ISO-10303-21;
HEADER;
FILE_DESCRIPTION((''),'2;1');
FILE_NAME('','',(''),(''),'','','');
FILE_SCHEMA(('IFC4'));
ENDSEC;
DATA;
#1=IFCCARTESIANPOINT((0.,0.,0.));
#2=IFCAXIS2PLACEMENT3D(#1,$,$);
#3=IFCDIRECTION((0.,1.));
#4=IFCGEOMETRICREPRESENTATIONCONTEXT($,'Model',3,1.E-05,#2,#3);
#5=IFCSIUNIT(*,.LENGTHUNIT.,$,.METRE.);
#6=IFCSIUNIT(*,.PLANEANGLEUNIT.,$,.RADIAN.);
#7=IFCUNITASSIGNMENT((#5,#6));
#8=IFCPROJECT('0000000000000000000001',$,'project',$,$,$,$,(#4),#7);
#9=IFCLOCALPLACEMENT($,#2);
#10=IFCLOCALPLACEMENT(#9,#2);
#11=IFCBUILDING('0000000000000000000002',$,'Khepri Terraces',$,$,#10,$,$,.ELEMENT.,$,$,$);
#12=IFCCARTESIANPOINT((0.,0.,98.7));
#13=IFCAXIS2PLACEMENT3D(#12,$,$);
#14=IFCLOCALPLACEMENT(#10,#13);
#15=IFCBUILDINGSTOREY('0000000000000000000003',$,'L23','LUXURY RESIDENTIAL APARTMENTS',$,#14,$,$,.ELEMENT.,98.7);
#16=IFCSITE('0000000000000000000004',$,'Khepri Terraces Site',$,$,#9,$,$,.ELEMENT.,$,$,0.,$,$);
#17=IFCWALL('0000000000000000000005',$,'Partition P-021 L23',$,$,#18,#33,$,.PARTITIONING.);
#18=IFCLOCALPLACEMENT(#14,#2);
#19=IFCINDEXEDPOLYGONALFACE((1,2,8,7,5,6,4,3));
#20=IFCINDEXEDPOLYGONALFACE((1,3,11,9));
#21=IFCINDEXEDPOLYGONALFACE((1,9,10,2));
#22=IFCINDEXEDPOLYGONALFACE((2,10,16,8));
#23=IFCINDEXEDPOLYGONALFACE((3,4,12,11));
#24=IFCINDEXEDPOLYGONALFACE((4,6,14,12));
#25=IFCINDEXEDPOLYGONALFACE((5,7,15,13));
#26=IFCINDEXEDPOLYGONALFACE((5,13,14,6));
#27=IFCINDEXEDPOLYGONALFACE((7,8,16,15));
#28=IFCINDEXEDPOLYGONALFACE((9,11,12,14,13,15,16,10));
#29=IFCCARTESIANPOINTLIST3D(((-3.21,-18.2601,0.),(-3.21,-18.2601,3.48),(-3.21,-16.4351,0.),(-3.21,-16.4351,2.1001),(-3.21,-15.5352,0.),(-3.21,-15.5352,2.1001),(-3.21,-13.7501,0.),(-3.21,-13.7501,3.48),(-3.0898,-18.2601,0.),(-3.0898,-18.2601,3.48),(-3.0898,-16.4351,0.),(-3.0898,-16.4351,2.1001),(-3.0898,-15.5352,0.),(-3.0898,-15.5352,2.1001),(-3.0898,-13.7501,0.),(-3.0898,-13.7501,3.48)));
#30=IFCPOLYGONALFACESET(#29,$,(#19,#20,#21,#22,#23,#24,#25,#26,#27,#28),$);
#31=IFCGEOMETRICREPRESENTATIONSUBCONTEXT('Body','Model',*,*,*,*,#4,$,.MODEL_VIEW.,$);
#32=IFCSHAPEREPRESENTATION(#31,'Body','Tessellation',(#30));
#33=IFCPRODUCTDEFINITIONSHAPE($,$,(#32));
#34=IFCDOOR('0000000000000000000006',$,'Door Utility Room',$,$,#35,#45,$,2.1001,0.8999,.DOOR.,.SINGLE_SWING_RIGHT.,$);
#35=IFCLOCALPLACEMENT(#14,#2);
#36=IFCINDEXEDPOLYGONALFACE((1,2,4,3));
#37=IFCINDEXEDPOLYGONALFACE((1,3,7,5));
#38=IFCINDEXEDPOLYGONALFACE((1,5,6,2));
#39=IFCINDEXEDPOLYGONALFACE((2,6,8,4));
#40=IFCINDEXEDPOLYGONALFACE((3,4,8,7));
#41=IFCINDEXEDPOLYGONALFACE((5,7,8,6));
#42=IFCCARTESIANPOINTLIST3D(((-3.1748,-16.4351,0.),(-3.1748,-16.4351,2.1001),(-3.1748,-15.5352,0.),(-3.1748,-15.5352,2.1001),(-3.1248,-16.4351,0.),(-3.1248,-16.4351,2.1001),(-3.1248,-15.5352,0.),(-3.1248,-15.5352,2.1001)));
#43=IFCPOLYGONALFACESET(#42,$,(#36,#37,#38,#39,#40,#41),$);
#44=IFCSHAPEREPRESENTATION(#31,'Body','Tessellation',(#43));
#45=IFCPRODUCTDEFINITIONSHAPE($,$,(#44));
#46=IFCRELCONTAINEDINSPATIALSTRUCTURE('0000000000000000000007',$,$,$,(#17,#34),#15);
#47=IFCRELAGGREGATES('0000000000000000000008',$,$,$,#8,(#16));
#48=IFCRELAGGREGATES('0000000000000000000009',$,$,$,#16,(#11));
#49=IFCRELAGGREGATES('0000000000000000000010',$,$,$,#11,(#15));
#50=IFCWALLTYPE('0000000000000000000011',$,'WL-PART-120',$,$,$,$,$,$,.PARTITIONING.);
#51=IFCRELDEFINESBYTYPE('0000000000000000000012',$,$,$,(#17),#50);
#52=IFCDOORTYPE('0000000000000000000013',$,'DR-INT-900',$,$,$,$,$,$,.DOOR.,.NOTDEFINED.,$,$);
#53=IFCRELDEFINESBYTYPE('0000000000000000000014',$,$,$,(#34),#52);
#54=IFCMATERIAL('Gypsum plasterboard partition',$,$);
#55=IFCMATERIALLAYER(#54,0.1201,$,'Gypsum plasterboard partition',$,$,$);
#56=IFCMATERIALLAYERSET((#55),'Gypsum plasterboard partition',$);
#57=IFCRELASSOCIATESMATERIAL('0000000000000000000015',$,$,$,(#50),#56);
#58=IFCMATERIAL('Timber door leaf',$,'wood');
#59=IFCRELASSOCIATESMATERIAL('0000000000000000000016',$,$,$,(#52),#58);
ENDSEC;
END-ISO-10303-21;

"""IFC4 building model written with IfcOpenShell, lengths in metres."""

from ifc_helpers import new_model, si_unit, direction, frame, frame_2d, origin, place, context, subcontext, project, spatial, rectangle, extrude, material, layer, layer_set, type_object, element, fill, save


model = new_model("IFC4")

# Units and contexts
model_context = context("Model", 3, precision=1e-05, world=origin(), true_north=direction((0.0, 1.0)))
body_context = subcontext(model_context, "Body", "Model", "MODEL_VIEW")
ifc_project = project(units=[si_unit("LENGTHUNIT", "METRE"), si_unit("PLANEANGLEUNIT", "RADIAN")], contexts=[model_context])

# Site, building, storey
site_placement = place(None, origin())
site = spatial("IfcSite", under=ifc_project, at=site_placement, Name="Khepri Terraces Site", CompositionType="ELEMENT", RefElevation=0.0)
building_placement = place(site_placement, origin())
building = spatial("IfcBuilding", under=site, at=building_placement, Name="Khepri Terraces", CompositionType="ELEMENT")
storey_placement = place(building_placement, frame((0.0, 0.0, 98.7)))
storey = spatial("IfcBuildingStorey", under=building, at=storey_placement, Name="L23", Description="LUXURY RESIDENTIAL APARTMENTS", CompositionType="ELEMENT", Elevation=98.7)

# Shared definitions
ifc_material_1 = material(Name="Gypsum plasterboard partition")
ifc_layer_1 = layer(ifc_material_1, 0.1201, Name="Gypsum plasterboard partition")
ifc_layer_set_1 = layer_set([ifc_layer_1], Name="Gypsum plasterboard partition")
wall_type_1 = type_object("IfcWallType", Name="WL-PART-120", PredefinedType="PARTITIONING", material=ifc_layer_set_1)
ifc_material_2 = material(Name="Timber door leaf", Category="wood")
door_type_1 = type_object("IfcDoorType", Name="DR-INT-900", OperationType="NOTDEFINED", PredefinedType="DOOR", material=ifc_material_2)

# Wall, opening, door
wall_1_placement = place(storey_placement, frame((-3.1499, -18.26, 0.0), z_axis=(0.0, 0.0, 1.0), x_axis=(0.0, 1.0, 0.0)))
wall_1 = element("IfcWall", 1, at=wall_1_placement, inside=storey, type_object=wall_type_1, Name="Partition P-021 L23", PredefinedType="PARTITIONING", context=body_context, shape_type="SweptSolid", body=[
    extrude(rectangle(XDim=4.51, YDim=0.1201, at=frame_2d((2.2549, 0.0))), origin(), (0.0, 0.0, 1.0), 3.48),
])
opening_1_placement = place(wall_1_placement, frame((1.825, 0.0, 0.0)))
opening_1 = element("IfcOpeningElement", 2, at=opening_1_placement, cuts=wall_1, PredefinedType="OPENING", context=body_context, shape_type="SweptSolid", body=[
    extrude(rectangle(XDim=0.8999, YDim=2.1001, at=frame_2d((0.45, 1.05))), frame((0.0, 0.0701, 0.0), z_axis=(0.0, -1.0, 0.0), x_axis=(1.0, 0.0, 0.0)), (0.0, 0.0, 1.0), 0.1401),
])
door_1_placement = place(opening_1_placement, origin())
door_1 = element("IfcDoor", 3, at=door_1_placement, inside=storey, type_object=door_type_1, Name="Door Utility Room", OperationType="SINGLE_SWING_RIGHT", OverallHeight=2.1001, OverallWidth=0.8999, PredefinedType="DOOR", context=body_context, shape_type="SweptSolid", body=[
    extrude(rectangle(XDim=0.8999, YDim=2.1001, at=frame_2d((0.45, 1.05))), frame((0.0, 0.0249, 0.0), z_axis=(0.0, -1.0, 0.0), x_axis=(1.0, 0.0, 0.0)), (0.0, 0.0, 1.0), 0.05),
])
fill(opening_1, door_1)

save(model, "model.ifc")
